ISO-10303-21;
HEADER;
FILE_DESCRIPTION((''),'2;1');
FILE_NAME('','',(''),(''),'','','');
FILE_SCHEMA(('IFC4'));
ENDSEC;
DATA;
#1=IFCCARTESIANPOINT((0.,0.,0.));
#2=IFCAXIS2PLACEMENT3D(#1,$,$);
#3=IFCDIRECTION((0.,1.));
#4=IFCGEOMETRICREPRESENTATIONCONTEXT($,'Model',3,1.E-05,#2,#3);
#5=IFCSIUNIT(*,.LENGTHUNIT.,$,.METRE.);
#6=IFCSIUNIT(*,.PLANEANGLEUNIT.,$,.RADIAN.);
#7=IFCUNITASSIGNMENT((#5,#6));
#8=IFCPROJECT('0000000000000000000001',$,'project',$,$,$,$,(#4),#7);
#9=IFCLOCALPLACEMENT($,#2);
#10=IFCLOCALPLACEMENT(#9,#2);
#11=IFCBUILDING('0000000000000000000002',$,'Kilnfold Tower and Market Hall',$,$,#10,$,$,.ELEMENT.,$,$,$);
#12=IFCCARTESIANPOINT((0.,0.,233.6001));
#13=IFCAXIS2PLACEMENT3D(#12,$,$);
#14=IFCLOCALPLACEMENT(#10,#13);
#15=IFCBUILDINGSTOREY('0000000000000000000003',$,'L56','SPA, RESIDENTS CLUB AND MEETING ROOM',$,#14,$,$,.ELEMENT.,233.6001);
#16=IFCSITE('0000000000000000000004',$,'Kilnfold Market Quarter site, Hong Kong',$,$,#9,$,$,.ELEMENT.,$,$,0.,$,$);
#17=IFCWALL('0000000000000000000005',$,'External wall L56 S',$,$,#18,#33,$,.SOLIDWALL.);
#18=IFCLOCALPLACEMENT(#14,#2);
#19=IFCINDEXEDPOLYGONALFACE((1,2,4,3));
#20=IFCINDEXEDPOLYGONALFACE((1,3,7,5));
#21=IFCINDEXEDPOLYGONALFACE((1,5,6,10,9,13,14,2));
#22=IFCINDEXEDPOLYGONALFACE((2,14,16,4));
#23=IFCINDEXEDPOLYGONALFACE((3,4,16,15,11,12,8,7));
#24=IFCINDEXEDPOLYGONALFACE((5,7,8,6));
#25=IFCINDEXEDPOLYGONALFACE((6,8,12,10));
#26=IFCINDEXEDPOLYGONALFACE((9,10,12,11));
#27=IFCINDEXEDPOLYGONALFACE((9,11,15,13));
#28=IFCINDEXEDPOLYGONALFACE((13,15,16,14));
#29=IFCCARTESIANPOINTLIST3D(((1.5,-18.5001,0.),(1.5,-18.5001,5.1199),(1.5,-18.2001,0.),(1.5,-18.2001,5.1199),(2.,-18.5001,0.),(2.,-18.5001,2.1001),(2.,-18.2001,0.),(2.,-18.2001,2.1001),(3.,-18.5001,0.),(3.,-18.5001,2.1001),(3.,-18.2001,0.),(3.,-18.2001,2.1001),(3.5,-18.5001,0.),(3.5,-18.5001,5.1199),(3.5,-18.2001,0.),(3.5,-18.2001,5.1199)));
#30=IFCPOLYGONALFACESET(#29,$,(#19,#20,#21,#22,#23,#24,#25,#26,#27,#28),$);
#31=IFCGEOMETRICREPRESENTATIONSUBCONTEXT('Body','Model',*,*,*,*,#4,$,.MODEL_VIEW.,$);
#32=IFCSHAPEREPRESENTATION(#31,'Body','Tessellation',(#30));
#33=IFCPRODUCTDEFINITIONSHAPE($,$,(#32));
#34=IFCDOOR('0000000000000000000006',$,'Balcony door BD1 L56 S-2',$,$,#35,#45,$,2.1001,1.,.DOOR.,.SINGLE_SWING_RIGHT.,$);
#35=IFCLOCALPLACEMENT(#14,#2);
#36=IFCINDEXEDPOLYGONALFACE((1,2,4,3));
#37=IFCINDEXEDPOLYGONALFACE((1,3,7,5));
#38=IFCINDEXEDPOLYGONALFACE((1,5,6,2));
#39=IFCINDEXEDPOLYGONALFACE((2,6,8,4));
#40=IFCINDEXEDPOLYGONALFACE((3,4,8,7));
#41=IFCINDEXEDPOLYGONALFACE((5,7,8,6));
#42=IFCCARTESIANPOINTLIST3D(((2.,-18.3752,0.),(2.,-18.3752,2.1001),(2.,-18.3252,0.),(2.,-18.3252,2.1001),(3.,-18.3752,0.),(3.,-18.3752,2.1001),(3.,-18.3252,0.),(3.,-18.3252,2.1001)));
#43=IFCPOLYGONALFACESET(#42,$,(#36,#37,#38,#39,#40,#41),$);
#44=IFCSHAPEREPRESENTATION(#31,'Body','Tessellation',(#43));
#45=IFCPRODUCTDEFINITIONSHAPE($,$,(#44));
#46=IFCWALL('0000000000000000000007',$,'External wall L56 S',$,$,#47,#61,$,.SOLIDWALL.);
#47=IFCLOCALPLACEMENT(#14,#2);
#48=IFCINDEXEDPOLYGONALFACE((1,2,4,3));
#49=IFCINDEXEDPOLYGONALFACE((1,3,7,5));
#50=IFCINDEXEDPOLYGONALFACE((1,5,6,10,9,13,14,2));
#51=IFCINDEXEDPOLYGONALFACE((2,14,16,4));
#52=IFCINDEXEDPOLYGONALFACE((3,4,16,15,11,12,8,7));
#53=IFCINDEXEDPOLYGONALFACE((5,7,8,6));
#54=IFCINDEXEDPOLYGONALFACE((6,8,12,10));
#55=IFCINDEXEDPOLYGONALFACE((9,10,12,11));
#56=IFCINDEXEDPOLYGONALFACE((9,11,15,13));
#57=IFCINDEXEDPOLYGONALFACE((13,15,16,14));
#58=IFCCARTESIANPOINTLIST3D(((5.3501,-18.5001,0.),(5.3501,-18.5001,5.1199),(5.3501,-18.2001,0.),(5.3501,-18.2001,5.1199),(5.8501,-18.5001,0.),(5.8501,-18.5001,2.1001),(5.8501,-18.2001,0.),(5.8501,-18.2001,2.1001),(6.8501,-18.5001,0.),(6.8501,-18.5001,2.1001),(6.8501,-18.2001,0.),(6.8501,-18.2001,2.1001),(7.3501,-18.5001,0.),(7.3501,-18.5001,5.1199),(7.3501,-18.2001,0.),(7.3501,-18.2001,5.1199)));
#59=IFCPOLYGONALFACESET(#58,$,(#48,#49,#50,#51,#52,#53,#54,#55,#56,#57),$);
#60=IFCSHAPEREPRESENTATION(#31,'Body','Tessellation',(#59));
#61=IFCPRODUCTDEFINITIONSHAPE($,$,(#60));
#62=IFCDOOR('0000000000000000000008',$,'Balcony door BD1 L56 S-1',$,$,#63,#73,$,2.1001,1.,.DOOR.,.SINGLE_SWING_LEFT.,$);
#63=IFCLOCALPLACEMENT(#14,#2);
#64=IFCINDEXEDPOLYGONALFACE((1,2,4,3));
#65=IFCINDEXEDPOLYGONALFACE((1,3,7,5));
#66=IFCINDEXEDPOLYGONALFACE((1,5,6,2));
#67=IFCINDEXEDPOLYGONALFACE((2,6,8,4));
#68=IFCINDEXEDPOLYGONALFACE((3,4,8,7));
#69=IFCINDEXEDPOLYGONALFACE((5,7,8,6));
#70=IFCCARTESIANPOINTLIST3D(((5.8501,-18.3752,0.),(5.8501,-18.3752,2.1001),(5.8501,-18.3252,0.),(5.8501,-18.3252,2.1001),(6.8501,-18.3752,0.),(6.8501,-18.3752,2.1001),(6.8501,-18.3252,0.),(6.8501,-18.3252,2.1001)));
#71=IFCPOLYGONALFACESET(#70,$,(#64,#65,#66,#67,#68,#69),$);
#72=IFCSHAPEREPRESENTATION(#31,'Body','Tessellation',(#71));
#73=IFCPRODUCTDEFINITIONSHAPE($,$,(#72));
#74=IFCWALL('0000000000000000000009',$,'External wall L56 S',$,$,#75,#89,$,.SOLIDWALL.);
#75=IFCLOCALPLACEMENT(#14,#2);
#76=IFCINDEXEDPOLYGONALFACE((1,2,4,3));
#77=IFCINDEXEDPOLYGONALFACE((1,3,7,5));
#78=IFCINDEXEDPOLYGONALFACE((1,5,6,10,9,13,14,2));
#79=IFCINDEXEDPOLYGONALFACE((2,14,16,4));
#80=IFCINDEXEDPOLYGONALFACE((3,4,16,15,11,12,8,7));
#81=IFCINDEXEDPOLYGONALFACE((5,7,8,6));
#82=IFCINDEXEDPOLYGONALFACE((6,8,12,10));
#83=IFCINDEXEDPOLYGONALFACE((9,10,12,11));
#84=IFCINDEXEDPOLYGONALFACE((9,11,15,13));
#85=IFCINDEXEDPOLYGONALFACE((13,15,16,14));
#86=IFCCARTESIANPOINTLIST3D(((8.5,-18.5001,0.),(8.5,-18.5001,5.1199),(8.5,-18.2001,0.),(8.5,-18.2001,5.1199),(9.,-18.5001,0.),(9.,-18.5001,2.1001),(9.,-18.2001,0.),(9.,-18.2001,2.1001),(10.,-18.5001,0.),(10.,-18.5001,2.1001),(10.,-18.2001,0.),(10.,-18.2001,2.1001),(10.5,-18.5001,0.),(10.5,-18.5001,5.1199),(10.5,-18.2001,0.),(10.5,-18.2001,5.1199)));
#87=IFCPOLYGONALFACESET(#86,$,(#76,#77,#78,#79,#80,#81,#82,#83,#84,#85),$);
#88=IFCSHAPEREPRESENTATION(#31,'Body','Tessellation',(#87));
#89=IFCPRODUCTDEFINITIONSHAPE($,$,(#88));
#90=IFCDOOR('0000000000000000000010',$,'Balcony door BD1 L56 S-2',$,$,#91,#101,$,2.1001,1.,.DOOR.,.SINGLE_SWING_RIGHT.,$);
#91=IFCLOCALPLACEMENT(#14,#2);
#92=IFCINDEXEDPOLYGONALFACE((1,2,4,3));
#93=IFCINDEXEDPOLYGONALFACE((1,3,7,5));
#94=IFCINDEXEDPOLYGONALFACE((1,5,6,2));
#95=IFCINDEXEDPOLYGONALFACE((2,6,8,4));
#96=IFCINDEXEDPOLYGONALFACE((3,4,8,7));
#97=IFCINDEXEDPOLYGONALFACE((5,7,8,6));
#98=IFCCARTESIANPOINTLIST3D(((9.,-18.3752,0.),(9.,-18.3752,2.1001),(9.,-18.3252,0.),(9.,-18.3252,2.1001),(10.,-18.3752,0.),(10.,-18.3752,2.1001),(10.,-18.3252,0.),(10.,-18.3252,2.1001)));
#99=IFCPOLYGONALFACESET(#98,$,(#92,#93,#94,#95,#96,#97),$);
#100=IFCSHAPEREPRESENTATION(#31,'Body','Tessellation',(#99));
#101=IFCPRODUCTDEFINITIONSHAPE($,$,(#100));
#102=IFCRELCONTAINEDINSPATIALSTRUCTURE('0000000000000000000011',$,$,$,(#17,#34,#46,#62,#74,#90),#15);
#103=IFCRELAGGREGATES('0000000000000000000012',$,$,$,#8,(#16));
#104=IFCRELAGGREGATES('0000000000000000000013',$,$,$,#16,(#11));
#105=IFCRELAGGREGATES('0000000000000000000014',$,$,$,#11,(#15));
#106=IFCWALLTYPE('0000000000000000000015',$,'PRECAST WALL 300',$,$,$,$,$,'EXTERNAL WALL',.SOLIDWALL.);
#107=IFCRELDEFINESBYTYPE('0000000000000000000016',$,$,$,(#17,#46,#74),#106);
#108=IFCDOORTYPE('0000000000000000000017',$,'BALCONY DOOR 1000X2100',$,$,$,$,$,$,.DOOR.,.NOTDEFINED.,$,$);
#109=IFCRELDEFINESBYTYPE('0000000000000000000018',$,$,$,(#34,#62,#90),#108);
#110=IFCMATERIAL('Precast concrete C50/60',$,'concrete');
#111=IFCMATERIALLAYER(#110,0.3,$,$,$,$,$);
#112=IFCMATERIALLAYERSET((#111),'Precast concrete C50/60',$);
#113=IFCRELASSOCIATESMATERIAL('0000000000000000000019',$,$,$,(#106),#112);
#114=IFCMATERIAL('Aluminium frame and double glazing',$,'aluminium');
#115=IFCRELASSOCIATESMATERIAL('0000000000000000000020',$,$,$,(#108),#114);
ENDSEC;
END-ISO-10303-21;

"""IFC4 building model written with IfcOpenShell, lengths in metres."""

from ifc_helpers import new_model, si_unit, direction, frame, frame_2d, origin, place, context, subcontext, project, spatial, rectangle, extrude, source, transform, mapped, material, layer, layer_set, type_object, element, fill, save


model = new_model("IFC4")

# Units and contexts
model_context = context("Model", 3, precision=1e-05, world=origin(), true_north=direction((0.0, 1.0)))
body_context = subcontext(model_context, "Body", "Model", "MODEL_VIEW")
ifc_project = project(units=[si_unit("LENGTHUNIT", "METRE"), si_unit("PLANEANGLEUNIT", "RADIAN")], contexts=[model_context])

# Site, building, storey
site_placement = place(None, origin())
site = spatial("IfcSite", under=ifc_project, at=site_placement, Name="Kilnfold Market Quarter site, Hong Kong", CompositionType="ELEMENT", RefElevation=0.0)
building_placement = place(site_placement, origin())
building = spatial("IfcBuilding", under=site, at=building_placement, Name="Kilnfold Tower and Market Hall", CompositionType="ELEMENT")
storey_placement = place(building_placement, frame((0.0, 0.0, 233.6001)))
storey = spatial("IfcBuildingStorey", under=building, at=storey_placement, Name="L56", Description="SPA, RESIDENTS CLUB AND MEETING ROOM", CompositionType="ELEMENT", Elevation=233.6001)

# Walls, openings, doors
ifc_material_1 = material(Name="Precast concrete C50/60", Category="concrete")
ifc_layer_1 = layer(ifc_material_1, 0.3)
ifc_layer_set_1 = layer_set([ifc_layer_1], Name="Precast concrete C50/60")
wall_type_1 = type_object("IfcWallType", Name="PRECAST WALL 300", ElementType="EXTERNAL WALL", PredefinedType="SOLIDWALL", material=ifc_layer_set_1)
shared_shape_1 = source(origin(), body_context, "Body", "SweptSolid", [
    extrude(rectangle(XDim=2.0, YDim=0.3, at=frame_2d((1.0, 0.0))), origin(), (0.0, 0.0, 1.0), 5.1199),
])
wall_1_placement = place(storey_placement, frame((1.5, -18.3501, 0.0), z_axis=(0.0, 0.0, 1.0), x_axis=(1.0, 0.0, 0.0)))
wall_1 = element("IfcWall", 1, at=wall_1_placement, inside=storey, type_object=wall_type_1, Name="External wall L56 S", PredefinedType="SOLIDWALL", context=body_context, shape_type="MappedRepresentation", body=[
    mapped(shared_shape_1, transform((0.0, 0.0, 0.0))),
])
opening_1_placement = place(wall_1_placement, frame((0.5, 0.0, 0.0)))
opening_1 = element("IfcOpeningElement", 2, at=opening_1_placement, cuts=wall_1, PredefinedType="OPENING", context=body_context, shape_type="SweptSolid", body=[
    extrude(rectangle(XDim=1.0, YDim=2.1001, at=frame_2d((0.5, 1.05))), frame((0.0, 0.1602, 0.0), z_axis=(0.0, -1.0, 0.0), x_axis=(1.0, 0.0, 0.0)), (0.0, 0.0, 1.0), 0.3201),
])
ifc_material_2 = material(Name="Aluminium frame and double glazing", Category="aluminium")
door_type = type_object("IfcDoorType", Name="BALCONY DOOR 1000X2100", OperationType="NOTDEFINED", PredefinedType="DOOR", material=ifc_material_2)
door_1_placement = place(opening_1_placement, origin())
door_1 = element("IfcDoor", 3, at=door_1_placement, inside=storey, type_object=door_type, Name="Balcony door BD1 L56 S-2", OperationType="SINGLE_SWING_RIGHT", OverallHeight=2.1001, OverallWidth=1.0, PredefinedType="DOOR", context=body_context, shape_type="SweptSolid", body=[
    extrude(rectangle(XDim=1.0, YDim=2.1001, at=frame_2d((0.5, 1.05))), frame((0.0, 0.0249, 0.0), z_axis=(0.0, -1.0, 0.0), x_axis=(1.0, 0.0, 0.0)), (0.0, 0.0, 1.0), 0.05),
])
fill(opening_1, door_1)
wall_2_placement = place(storey_placement, frame((5.3501, -18.3501, 0.0), z_axis=(0.0, 0.0, 1.0), x_axis=(1.0, 0.0, 0.0)))
wall_2 = element("IfcWall", 4, at=wall_2_placement, inside=storey, type_object=wall_type_1, Name="External wall L56 S", PredefinedType="SOLIDWALL", context=body_context, shape_type="MappedRepresentation", body=[
    mapped(shared_shape_1, transform((0.0, 0.0, 0.0))),
])
opening_2_placement = place(wall_2_placement, frame((0.5, 0.0, 0.0)))
opening_2 = element("IfcOpeningElement", 5, at=opening_2_placement, cuts=wall_2, PredefinedType="OPENING", context=body_context, shape_type="SweptSolid", body=[
    extrude(rectangle(XDim=1.0, YDim=2.1001, at=frame_2d((0.5, 1.05))), frame((0.0, 0.1602, 0.0), z_axis=(0.0, -1.0, 0.0), x_axis=(1.0, 0.0, 0.0)), (0.0, 0.0, 1.0), 0.3201),
])
door_2_placement = place(opening_2_placement, origin())
door_2 = element("IfcDoor", 6, at=door_2_placement, inside=storey, type_object=door_type, Name="Balcony door BD1 L56 S-1", OperationType="SINGLE_SWING_LEFT", OverallHeight=2.1001, OverallWidth=1.0, PredefinedType="DOOR", context=body_context, shape_type="SweptSolid", body=[
    extrude(rectangle(XDim=1.0, YDim=2.1001, at=frame_2d((0.5, 1.05))), frame((0.0, 0.0249, 0.0), z_axis=(0.0, -1.0, 0.0), x_axis=(1.0, 0.0, 0.0)), (0.0, 0.0, 1.0), 0.05),
])
fill(opening_2, door_2)
wall_3_placement = place(storey_placement, frame((8.5, -18.3501, 0.0), z_axis=(0.0, 0.0, 1.0), x_axis=(1.0, 0.0, 0.0)))
wall_3 = element("IfcWall", 7, at=wall_3_placement, inside=storey, type_object=wall_type_1, Name="External wall L56 S", PredefinedType="SOLIDWALL", context=body_context, shape_type="MappedRepresentation", body=[
    mapped(shared_shape_1, transform((0.0, 0.0, 0.0))),
])
opening_3_placement = place(wall_3_placement, frame((0.5, 0.0, 0.0)))
opening_3 = element("IfcOpeningElement", 8, at=opening_3_placement, cuts=wall_3, PredefinedType="OPENING", context=body_context, shape_type="SweptSolid", body=[
    extrude(rectangle(XDim=1.0, YDim=2.1001, at=frame_2d((0.5, 1.05))), frame((0.0, 0.1602, 0.0), z_axis=(0.0, -1.0, 0.0), x_axis=(1.0, 0.0, 0.0)), (0.0, 0.0, 1.0), 0.3201),
])
door_3_placement = place(opening_3_placement, origin())
door_3 = element("IfcDoor", 9, at=door_3_placement, inside=storey, type_object=door_type, Name="Balcony door BD1 L56 S-2", OperationType="SINGLE_SWING_RIGHT", OverallHeight=2.1001, OverallWidth=1.0, PredefinedType="DOOR", context=body_context, shape_type="SweptSolid", body=[
    extrude(rectangle(XDim=1.0, YDim=2.1001, at=frame_2d((0.5, 1.05))), frame((0.0, 0.0249, 0.0), z_axis=(0.0, -1.0, 0.0), x_axis=(1.0, 0.0, 0.0)), (0.0, 0.0, 1.0), 0.05),
])
fill(opening_3, door_3)

save(model, "model.ifc")
